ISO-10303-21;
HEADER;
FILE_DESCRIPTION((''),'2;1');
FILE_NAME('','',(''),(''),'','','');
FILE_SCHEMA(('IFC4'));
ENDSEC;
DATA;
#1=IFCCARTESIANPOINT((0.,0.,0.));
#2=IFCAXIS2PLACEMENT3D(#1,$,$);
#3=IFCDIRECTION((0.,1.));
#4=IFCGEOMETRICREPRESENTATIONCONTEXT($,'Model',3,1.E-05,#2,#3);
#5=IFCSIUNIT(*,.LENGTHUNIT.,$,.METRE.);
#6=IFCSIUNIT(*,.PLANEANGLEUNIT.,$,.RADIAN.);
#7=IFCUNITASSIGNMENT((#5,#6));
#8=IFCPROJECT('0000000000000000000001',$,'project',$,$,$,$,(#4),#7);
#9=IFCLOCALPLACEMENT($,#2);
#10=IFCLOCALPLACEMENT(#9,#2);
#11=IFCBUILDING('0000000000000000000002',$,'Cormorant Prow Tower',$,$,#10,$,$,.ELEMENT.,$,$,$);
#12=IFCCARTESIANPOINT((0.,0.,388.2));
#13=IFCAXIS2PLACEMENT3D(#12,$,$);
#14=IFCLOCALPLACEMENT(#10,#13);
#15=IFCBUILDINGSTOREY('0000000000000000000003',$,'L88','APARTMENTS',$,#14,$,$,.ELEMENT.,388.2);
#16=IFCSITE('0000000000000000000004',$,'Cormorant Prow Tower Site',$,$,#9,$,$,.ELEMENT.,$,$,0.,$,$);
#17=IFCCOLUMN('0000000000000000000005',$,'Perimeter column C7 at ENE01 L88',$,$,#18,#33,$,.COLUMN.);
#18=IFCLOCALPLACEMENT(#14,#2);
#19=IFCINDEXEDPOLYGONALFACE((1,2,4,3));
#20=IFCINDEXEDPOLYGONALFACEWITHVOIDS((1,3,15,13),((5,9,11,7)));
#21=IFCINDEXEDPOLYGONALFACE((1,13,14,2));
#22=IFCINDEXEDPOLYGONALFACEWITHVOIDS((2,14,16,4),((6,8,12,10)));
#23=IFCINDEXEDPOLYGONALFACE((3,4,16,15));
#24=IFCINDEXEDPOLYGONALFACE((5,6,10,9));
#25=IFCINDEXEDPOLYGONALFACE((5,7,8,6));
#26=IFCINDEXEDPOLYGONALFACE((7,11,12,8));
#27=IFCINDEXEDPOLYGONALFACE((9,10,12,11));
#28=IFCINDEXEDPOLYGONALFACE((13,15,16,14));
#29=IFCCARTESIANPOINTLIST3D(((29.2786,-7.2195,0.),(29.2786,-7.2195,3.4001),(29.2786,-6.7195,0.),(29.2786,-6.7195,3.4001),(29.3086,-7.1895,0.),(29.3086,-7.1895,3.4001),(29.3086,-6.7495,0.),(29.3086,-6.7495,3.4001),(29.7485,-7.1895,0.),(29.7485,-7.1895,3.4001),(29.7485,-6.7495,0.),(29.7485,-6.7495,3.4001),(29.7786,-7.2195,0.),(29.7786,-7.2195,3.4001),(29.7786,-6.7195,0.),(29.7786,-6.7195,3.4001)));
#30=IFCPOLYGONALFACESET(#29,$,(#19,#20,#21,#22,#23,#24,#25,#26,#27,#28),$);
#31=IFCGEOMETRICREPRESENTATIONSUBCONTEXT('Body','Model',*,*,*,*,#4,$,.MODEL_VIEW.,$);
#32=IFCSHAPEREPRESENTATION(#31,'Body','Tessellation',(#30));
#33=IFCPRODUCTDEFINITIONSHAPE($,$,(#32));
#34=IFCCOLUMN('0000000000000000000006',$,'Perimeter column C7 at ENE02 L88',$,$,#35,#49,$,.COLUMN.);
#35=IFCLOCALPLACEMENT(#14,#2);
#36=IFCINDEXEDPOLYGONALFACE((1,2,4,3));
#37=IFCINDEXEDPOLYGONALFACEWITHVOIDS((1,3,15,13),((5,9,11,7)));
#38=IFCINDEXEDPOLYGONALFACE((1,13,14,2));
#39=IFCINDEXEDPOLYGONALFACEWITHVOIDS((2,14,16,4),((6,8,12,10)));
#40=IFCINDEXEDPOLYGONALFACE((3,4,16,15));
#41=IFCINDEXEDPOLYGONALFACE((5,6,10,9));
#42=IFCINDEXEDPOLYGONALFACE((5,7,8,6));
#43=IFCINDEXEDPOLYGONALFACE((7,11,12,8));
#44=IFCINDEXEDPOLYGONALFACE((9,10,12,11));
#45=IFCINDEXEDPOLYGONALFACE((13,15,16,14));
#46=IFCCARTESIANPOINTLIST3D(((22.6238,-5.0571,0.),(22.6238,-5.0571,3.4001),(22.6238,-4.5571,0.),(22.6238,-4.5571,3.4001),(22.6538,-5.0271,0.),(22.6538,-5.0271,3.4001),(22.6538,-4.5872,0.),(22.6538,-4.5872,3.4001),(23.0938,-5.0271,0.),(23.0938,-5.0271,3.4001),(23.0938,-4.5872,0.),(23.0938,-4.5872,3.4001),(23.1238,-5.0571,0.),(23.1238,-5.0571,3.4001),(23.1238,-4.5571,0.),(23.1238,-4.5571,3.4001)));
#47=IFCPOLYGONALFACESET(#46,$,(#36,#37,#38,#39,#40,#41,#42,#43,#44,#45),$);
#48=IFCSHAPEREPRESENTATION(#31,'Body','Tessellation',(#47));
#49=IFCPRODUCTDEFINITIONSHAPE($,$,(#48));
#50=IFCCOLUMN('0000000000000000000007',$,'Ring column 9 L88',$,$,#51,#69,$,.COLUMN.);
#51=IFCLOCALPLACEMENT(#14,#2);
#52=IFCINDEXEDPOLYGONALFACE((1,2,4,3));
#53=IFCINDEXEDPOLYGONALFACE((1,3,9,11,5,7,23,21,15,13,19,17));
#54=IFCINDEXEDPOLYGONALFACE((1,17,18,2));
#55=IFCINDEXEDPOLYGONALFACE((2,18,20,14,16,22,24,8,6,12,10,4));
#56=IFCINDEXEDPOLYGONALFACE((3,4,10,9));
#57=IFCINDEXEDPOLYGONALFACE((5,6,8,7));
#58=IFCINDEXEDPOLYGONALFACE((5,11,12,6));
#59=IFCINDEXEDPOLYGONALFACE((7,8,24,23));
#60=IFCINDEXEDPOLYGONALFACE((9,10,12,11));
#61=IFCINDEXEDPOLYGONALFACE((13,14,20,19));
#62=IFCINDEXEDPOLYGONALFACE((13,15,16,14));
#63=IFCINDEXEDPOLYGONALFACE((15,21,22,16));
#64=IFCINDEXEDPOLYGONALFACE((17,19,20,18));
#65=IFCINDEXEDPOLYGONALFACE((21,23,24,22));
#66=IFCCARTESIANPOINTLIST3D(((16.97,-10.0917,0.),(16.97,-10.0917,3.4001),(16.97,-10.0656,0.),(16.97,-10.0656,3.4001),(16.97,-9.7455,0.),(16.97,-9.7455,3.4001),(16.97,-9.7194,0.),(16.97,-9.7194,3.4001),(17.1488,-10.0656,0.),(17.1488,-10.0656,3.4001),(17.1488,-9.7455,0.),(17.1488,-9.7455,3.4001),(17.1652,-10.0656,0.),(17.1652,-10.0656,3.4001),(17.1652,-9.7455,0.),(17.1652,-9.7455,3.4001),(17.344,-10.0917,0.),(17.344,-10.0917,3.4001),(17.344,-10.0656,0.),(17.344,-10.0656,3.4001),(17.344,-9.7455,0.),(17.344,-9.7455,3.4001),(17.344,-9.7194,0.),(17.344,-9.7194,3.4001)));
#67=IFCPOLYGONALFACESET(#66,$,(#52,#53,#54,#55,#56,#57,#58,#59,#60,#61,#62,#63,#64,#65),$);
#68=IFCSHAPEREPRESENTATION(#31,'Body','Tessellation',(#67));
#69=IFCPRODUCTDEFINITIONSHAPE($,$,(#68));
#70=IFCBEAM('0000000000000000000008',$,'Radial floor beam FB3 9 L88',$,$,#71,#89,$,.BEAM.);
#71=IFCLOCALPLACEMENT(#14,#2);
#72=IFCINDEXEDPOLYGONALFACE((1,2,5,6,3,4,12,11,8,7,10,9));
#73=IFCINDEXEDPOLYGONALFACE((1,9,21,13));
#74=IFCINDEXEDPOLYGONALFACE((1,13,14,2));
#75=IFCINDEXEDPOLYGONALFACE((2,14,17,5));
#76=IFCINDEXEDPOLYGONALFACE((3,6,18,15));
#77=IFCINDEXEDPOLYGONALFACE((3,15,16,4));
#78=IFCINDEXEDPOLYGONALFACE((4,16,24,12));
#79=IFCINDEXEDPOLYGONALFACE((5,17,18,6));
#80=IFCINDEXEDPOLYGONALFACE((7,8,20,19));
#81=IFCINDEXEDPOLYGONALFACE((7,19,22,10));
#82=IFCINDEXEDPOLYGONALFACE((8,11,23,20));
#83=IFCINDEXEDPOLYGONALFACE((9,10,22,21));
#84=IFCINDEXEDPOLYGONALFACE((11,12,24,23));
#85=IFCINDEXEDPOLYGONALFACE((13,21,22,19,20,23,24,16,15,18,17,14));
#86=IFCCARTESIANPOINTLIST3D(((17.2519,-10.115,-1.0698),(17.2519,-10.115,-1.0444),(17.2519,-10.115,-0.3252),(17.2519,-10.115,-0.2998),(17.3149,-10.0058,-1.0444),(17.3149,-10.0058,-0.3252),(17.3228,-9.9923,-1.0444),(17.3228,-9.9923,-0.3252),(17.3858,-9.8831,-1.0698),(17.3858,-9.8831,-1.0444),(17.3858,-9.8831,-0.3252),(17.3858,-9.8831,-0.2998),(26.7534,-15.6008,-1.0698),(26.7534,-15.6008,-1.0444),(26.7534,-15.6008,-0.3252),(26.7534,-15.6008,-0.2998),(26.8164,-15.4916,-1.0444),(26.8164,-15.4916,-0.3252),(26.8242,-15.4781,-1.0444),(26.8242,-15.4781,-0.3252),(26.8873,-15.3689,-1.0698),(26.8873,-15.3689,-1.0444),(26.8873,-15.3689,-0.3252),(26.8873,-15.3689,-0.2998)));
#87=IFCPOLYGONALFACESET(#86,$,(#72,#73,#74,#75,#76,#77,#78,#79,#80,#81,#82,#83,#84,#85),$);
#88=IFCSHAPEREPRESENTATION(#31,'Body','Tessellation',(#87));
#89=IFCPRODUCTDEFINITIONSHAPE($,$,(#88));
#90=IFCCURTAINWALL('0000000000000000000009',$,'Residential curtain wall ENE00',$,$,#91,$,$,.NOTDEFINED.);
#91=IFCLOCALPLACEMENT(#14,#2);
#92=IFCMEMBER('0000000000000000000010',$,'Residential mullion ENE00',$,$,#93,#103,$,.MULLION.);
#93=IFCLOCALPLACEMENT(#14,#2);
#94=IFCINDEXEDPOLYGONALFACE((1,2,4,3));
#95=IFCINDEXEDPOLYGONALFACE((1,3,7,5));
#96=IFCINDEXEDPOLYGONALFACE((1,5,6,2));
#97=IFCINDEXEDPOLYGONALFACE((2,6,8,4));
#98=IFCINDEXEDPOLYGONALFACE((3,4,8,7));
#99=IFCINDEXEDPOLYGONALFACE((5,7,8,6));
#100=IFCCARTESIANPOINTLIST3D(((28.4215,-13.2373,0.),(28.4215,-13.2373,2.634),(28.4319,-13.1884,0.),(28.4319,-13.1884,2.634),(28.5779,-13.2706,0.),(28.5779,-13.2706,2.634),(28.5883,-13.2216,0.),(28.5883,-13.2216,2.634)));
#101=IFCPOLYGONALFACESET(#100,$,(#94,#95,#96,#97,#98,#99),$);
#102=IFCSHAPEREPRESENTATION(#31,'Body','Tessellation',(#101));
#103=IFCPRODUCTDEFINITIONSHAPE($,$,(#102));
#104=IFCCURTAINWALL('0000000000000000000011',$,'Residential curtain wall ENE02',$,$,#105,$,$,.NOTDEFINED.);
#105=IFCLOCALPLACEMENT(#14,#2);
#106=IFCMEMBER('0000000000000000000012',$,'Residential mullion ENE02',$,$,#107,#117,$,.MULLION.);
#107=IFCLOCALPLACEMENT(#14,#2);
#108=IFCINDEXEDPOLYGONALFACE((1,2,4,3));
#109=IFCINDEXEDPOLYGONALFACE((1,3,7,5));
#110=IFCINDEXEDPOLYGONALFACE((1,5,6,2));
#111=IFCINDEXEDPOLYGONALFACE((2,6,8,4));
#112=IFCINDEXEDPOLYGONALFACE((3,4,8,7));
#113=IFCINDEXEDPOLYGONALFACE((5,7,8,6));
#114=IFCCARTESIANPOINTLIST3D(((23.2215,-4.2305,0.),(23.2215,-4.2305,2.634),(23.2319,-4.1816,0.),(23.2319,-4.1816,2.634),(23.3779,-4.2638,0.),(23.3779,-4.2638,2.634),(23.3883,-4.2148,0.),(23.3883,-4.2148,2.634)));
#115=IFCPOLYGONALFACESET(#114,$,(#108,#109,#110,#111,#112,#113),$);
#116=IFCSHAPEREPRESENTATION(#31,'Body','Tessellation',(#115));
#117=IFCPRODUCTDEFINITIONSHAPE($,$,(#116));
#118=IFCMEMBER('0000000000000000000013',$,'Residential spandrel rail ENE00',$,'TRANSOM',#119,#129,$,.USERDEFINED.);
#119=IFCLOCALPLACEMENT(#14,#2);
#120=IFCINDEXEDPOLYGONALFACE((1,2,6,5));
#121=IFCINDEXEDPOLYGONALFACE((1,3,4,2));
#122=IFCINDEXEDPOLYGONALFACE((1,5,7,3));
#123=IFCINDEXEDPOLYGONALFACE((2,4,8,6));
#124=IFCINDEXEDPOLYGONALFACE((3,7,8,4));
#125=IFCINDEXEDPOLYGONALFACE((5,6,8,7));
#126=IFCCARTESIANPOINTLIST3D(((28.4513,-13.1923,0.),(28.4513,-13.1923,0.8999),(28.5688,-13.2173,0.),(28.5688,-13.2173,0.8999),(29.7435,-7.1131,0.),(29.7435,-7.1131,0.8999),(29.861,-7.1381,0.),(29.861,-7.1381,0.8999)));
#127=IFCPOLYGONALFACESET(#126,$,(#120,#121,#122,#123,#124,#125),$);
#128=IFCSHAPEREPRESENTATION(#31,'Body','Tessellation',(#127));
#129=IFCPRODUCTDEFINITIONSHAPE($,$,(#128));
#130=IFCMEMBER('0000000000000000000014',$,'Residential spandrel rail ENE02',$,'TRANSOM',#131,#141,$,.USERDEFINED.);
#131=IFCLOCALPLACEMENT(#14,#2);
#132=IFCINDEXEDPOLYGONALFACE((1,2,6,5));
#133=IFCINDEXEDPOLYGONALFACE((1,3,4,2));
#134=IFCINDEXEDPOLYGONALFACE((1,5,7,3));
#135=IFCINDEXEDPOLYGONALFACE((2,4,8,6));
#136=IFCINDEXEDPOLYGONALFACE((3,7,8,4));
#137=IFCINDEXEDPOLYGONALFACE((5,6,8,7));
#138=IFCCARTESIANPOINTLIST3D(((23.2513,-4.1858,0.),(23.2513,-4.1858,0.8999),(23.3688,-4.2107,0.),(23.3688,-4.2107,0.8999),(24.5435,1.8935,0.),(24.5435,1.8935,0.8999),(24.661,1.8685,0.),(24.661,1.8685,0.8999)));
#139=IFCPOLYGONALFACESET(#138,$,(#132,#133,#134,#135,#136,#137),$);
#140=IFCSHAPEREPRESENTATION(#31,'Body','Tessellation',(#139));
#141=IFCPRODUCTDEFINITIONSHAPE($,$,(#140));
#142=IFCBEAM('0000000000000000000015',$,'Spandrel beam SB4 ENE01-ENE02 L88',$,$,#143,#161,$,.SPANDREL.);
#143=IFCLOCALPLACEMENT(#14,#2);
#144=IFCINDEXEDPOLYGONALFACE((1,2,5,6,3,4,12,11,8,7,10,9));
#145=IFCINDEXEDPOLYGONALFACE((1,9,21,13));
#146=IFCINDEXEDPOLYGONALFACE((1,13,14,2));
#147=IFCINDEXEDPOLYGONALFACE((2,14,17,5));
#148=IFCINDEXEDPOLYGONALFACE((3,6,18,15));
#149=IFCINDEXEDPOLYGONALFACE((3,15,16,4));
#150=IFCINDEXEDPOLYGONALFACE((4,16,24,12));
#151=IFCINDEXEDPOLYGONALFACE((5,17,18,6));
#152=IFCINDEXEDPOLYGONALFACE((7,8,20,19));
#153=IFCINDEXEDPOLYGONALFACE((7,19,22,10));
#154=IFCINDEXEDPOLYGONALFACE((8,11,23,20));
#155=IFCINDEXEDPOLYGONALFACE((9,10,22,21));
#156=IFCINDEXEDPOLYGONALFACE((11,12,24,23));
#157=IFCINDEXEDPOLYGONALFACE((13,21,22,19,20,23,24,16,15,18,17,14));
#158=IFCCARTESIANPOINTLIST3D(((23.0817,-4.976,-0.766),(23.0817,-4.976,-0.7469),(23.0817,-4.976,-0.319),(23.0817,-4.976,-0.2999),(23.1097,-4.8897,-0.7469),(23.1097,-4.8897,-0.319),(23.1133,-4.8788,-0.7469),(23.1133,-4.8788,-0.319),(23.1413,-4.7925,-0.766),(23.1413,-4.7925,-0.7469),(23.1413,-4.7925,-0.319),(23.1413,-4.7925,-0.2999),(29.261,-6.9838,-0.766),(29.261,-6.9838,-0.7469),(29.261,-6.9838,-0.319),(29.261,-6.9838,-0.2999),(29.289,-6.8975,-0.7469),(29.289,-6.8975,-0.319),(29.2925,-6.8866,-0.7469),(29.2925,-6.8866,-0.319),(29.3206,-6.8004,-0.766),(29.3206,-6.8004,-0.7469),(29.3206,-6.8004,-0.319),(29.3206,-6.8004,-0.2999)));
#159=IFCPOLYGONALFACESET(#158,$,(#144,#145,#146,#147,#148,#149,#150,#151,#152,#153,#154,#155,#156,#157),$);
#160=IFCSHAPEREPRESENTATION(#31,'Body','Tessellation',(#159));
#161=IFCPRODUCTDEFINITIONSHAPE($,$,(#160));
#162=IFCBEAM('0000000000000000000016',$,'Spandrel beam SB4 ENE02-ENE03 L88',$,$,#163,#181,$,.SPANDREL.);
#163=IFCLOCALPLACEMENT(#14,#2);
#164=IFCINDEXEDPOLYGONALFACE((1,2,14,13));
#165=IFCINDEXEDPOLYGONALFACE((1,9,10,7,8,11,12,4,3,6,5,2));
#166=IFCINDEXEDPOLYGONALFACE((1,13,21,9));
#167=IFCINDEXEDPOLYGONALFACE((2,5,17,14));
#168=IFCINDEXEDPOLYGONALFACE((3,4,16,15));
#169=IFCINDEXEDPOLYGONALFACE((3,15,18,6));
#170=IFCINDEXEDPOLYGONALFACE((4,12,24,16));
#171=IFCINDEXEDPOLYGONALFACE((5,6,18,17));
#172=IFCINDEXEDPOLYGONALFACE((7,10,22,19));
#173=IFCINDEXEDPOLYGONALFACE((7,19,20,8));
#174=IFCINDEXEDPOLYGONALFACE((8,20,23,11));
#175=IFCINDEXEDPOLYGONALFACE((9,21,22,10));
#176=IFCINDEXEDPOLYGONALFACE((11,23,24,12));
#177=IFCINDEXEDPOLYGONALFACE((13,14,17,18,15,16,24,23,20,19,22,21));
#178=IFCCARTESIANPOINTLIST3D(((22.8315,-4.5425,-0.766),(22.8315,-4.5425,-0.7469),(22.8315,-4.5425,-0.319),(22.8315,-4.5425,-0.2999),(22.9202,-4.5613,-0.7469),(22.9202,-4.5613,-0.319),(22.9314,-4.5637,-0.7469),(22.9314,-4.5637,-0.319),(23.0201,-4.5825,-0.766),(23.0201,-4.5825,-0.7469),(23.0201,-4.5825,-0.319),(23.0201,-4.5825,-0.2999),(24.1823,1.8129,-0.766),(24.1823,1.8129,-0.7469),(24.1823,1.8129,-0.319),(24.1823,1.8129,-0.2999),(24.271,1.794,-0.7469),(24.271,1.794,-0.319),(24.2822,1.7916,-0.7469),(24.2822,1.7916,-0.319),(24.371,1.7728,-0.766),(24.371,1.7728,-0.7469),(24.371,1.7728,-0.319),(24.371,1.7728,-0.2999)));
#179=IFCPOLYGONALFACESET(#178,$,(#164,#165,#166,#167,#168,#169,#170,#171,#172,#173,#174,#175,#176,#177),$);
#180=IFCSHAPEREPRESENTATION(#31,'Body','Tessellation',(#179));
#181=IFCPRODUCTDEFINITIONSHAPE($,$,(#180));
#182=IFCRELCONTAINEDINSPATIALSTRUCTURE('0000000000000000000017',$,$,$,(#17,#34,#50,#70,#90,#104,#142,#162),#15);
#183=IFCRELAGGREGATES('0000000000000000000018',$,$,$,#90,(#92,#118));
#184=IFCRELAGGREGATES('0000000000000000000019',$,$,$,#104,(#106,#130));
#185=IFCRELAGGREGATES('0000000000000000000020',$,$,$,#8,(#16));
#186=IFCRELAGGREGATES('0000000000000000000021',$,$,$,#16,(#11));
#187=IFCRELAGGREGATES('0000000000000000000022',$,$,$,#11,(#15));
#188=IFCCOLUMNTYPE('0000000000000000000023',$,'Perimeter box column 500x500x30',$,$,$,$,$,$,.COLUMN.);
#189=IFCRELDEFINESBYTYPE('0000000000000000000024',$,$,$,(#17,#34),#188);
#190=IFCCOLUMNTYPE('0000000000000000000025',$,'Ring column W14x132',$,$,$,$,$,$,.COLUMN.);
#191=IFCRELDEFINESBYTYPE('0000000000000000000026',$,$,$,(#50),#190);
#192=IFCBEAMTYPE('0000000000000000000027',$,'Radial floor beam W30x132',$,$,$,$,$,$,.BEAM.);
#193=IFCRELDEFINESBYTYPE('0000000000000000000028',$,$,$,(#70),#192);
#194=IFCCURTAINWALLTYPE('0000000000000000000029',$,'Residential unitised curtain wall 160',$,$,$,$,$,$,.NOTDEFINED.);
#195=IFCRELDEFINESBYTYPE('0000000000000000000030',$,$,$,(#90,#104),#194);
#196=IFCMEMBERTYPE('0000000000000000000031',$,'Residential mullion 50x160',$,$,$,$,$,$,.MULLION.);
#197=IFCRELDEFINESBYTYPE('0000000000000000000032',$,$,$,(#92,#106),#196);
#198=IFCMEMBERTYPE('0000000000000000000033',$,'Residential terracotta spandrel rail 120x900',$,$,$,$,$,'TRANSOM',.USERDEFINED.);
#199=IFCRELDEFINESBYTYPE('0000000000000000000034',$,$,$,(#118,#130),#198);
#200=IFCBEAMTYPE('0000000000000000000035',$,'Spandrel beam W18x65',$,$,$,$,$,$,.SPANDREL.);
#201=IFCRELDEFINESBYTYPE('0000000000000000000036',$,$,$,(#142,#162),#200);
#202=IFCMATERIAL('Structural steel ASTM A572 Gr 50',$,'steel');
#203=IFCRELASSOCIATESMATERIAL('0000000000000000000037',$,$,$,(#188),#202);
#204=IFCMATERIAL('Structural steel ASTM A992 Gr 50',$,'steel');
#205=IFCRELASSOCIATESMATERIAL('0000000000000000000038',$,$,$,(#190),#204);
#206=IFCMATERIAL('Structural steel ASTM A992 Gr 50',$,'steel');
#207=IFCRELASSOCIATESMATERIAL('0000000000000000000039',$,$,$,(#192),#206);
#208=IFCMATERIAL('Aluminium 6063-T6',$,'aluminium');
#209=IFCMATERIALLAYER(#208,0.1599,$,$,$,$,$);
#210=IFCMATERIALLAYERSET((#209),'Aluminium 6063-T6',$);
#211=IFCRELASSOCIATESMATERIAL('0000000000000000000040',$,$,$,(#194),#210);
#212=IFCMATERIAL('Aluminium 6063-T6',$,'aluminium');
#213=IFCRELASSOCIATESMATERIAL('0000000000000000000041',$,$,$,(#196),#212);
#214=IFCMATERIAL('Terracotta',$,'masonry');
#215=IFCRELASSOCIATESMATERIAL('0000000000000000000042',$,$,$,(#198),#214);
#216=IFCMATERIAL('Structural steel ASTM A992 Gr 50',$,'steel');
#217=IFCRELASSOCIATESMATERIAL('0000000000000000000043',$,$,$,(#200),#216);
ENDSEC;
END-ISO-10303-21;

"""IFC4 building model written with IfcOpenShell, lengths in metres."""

from ifc_helpers import new_model, si_unit, direction, frame, origin, origin_2d, place, context, subcontext, project, spatial, rectangle, hollow_rectangle, i_section, extrude, material, layer, layer_set, material_profile, profile_set, type_object, element, aggregate, save


model = new_model("IFC4")

# Units and contexts
model_context = context("Model", 3, precision=1e-05, world=origin(), true_north=direction((0.0, 1.0)))
body_context = subcontext(model_context, "Body", "Model", "MODEL_VIEW")
ifc_project = project(units=[si_unit("LENGTHUNIT", "METRE"), si_unit("PLANEANGLEUNIT", "RADIAN")], contexts=[model_context])

# Site, building, storey
site_placement = place(None, origin())
site = spatial("IfcSite", under=ifc_project, at=site_placement, Name="Cormorant Prow Tower Site", CompositionType="ELEMENT", RefElevation=0.0)
building_placement = place(site_placement, origin())
building = spatial("IfcBuilding", under=site, at=building_placement, Name="Cormorant Prow Tower", CompositionType="ELEMENT")
storey_placement = place(building_placement, frame((0.0, 0.0, 388.2)))
storey = spatial("IfcBuildingStorey", under=building, at=storey_placement, Name="L88", Description="APARTMENTS", CompositionType="ELEMENT", Elevation=388.2)

# Columns
ifc_material_1 = material(Name="Structural steel ASTM A572 Gr 50", Category="steel")
ifc_material_profile_1 = material_profile(ifc_material_1, hollow_rectangle(XDim=0.5, YDim=0.5, WallThickness=0.03, at=origin_2d()), Name="Box 500x500x30")
ifc_profile_set_1 = profile_set([ifc_material_profile_1], Name="Structural steel ASTM A572 Gr 50")
column_type_1 = type_object("IfcColumnType", Name="Perimeter box column 500x500x30", PredefinedType="COLUMN", material=ifc_profile_set_1)
for number, where, z_axis, x_axis, name in (
    (1, (29.5286, -6.9695, 0.0), (0.0, 0.0, 1.0), (1.0, 0.0, 0.0), "Perimeter column C7 at ENE01 L88"),
    (2, (22.8738, -4.8071, 0.0), (0.0, 0.0, 1.0), (1.0, 0.0, 0.0), "Perimeter column C7 at ENE02 L88"),
):
    element("IfcColumn", number, at=place(storey_placement, frame(where, z_axis=z_axis, x_axis=x_axis)), inside=storey, type_object=column_type_1, Name=name, PredefinedType="COLUMN", context=body_context, shape_type="SweptSolid", body=[
        extrude(hollow_rectangle(XDim=0.5, YDim=0.5, WallThickness=0.03, at=origin_2d()), origin(), (0.0, 0.0, 1.0), 3.4001),
    ])
ifc_material_2 = material(Name="Structural steel ASTM A992 Gr 50", Category="steel")
ifc_material_profile_2 = material_profile(ifc_material_2, i_section(OverallWidth=0.374, OverallDepth=0.3723, WebThickness=0.0164, FlangeThickness=0.0261, at=origin_2d()), Name="W14x132")
ifc_profile_set_2 = profile_set([ifc_material_profile_2], Name="Structural steel ASTM A992 Gr 50")
column_type_2 = type_object("IfcColumnType", Name="Ring column W14x132", PredefinedType="COLUMN", material=ifc_profile_set_2)
column_placement = place(storey_placement, frame((17.157, -9.9055, 0.0), z_axis=(0.0, 0.0, 1.0), x_axis=(1.0, 0.0, 0.0)))
element("IfcColumn", 3, at=column_placement, inside=storey, type_object=column_type_2, Name="Ring column 9 L88", PredefinedType="COLUMN", context=body_context, shape_type="SweptSolid", body=[
    extrude(i_section(OverallWidth=0.374, OverallDepth=0.3723, WebThickness=0.0164, FlangeThickness=0.0261, at=origin_2d()), origin(), (0.0, 0.0, 1.0), 3.4001),
])

# Beam
ifc_material_3 = material(Name="Structural steel ASTM A992 Gr 50", Category="steel")
ifc_material_profile_3 = material_profile(ifc_material_3, i_section(OverallWidth=0.2678, OverallDepth=0.77, WebThickness=0.0156, FlangeThickness=0.0254, at=origin_2d()), Name="W30x132")
ifc_profile_set_3 = profile_set([ifc_material_profile_3], Name="Structural steel ASTM A992 Gr 50")
beam_type_1 = type_object("IfcBeamType", Name="Radial floor beam W30x132", PredefinedType="BEAM", material=ifc_profile_set_3)
beam_placement = place(storey_placement, frame((17.3188, -9.999, -0.6848), z_axis=(0.866019, -0.500011, 0.0), x_axis=(0.500011, 0.866019, 0.0)))
element("IfcBeam", 4, at=beam_placement, inside=storey, type_object=beam_type_1, Name="Radial floor beam FB3 9 L88", PredefinedType="BEAM", context=body_context, shape_type="SweptSolid", body=[
    extrude(i_section(OverallWidth=0.2678, OverallDepth=0.77, WebThickness=0.0156, FlangeThickness=0.0254, at=origin_2d()), origin(), (0.0, 0.0, 1.0), 10.9714),
])

# Curtain walls, members
ifc_material_4 = material(Name="Aluminium 6063-T6", Category="aluminium")
ifc_layer_1 = layer(ifc_material_4, 0.1599)
ifc_layer_set_1 = layer_set([ifc_layer_1], Name="Aluminium 6063-T6")
curtain_wall_type = type_object("IfcCurtainWallType", Name="Residential unitised curtain wall 160", PredefinedType="NOTDEFINED", material=ifc_layer_set_1)
curtain_wall_1_placement = place(storey_placement, origin())
curtain_wall_1 = element("IfcCurtainWall", 5, at=curtain_wall_1_placement, inside=storey, type_object=curtain_wall_type, Name="Residential curtain wall ENE00", PredefinedType="NOTDEFINED")
ifc_material_5 = material(Name="Aluminium 6063-T6", Category="aluminium")
ifc_material_profile_4 = material_profile(ifc_material_5, rectangle(XDim=0.1599, YDim=0.05, at=origin_2d()), Name="Residential mullion 50x160")
ifc_profile_set_4 = profile_set([ifc_material_profile_4], Name="Aluminium 6063-T6")
member_type_1 = type_object("IfcMemberType", Name="Residential mullion 50x160", PredefinedType="MULLION", material=ifc_profile_set_4)
member_1_placement = place(storey_placement, frame((28.5049, -13.2295, 0.0), z_axis=(0.0, 0.0, 1.0), x_axis=(-0.978148, 0.207912, 0.0)))
member_1 = element("IfcMember", 6, at=member_1_placement, type_object=member_type_1, Name="Residential mullion ENE00", PredefinedType="MULLION", context=body_context, shape_type="SweptSolid", body=[
    extrude(rectangle(XDim=0.1599, YDim=0.05, at=origin_2d()), origin(), (0.0, 0.0, 1.0), 2.634),
])
curtain_wall_2_placement = place(storey_placement, origin())
curtain_wall_2 = element("IfcCurtainWall", 7, at=curtain_wall_2_placement, inside=storey, type_object=curtain_wall_type, Name="Residential curtain wall ENE02", PredefinedType="NOTDEFINED")
member_2_placement = place(storey_placement, frame((23.3049, -4.2227, 0.0), z_axis=(0.0, 0.0, 1.0), x_axis=(-0.978148, 0.207912, 0.0)))
member_2 = element("IfcMember", 8, at=member_2_placement, type_object=member_type_1, Name="Residential mullion ENE02", PredefinedType="MULLION", context=body_context, shape_type="SweptSolid", body=[
    extrude(rectangle(XDim=0.1599, YDim=0.05, at=origin_2d()), origin(), (0.0, 0.0, 1.0), 2.634),
])

# Members
ifc_material_6 = material(Name="Terracotta", Category="masonry")
ifc_material_profile_5 = material_profile(ifc_material_6, rectangle(XDim=0.1201, YDim=0.8999, at=origin_2d()), Name="Residential terracotta spandrel rail 120x900")
ifc_profile_set_5 = profile_set([ifc_material_profile_5], Name="Terracotta")
member_type_2 = type_object("IfcMemberType", Name="Residential terracotta spandrel rail 120x900", ElementType="TRANSOM", PredefinedType="USERDEFINED", material=ifc_profile_set_5)
member_3_placement = place(storey_placement, frame((28.51, -13.2048, 0.45), z_axis=(0.207917, 0.978147, 0.0), x_axis=(-0.978147, 0.207917, 0.0)))
member_3 = element("IfcMember", 9, at=member_3_placement, type_object=member_type_2, Name="Residential spandrel rail ENE00", ObjectType="TRANSOM", PredefinedType="USERDEFINED", context=body_context, shape_type="SweptSolid", body=[
    extrude(rectangle(XDim=0.1201, YDim=0.8999, at=origin_2d()), origin(), (0.0, 0.0, 1.0), 6.2151),
])
member_4_placement = place(storey_placement, frame((23.3101, -4.1982, 0.45), z_axis=(0.207917, 0.978147, 0.0), x_axis=(-0.978147, 0.207917, 0.0)))
member_4 = element("IfcMember", 10, at=member_4_placement, type_object=member_type_2, Name="Residential spandrel rail ENE02", ObjectType="TRANSOM", PredefinedType="USERDEFINED", context=body_context, shape_type="SweptSolid", body=[
    extrude(rectangle(XDim=0.1201, YDim=0.8999, at=origin_2d()), origin(), (0.0, 0.0, 1.0), 6.2151),
])

# Beams
ifc_material_7 = material(Name="Structural steel ASTM A992 Gr 50", Category="steel")
ifc_material_profile_6 = material_profile(ifc_material_7, i_section(OverallWidth=0.1929, OverallDepth=0.4661, WebThickness=0.0115, FlangeThickness=0.019, at=origin_2d()), Name="W18x65")
ifc_profile_set_6 = profile_set([ifc_material_profile_6], Name="Structural steel ASTM A992 Gr 50")
beam_type_2 = type_object("IfcBeamType", Name="Spandrel beam W18x65", PredefinedType="SPANDREL", material=ifc_profile_set_6)
for number, where, z_axis, x_axis, name in (
    (11, (29.2908, -6.8921, -0.533), (-0.951053, 0.309027, 0.0), (-0.309027, -0.951053, 0.0), "Spandrel beam SB4 ENE01-ENE02 L88"),
    (12, (22.9258, -4.5625, -0.533), (0.20791, 0.978148, 0.0), (-0.978148, 0.20791, 0.0), "Spandrel beam SB4 ENE02-ENE03 L88"),
):
    element("IfcBeam", number, at=place(storey_placement, frame(where, z_axis=z_axis, x_axis=x_axis)), inside=storey, type_object=beam_type_2, Name=name, PredefinedType="SPANDREL", context=body_context, shape_type="SweptSolid", body=[
        extrude(i_section(OverallWidth=0.1929, OverallDepth=0.4661, WebThickness=0.0115, FlangeThickness=0.019, at=origin_2d()), origin(), (0.0, 0.0, 1.0), 6.4973),
    ])

aggregate(curtain_wall_1, [member_1, member_3])
aggregate(curtain_wall_2, [member_2, member_4])

save(model, "model.ifc")
